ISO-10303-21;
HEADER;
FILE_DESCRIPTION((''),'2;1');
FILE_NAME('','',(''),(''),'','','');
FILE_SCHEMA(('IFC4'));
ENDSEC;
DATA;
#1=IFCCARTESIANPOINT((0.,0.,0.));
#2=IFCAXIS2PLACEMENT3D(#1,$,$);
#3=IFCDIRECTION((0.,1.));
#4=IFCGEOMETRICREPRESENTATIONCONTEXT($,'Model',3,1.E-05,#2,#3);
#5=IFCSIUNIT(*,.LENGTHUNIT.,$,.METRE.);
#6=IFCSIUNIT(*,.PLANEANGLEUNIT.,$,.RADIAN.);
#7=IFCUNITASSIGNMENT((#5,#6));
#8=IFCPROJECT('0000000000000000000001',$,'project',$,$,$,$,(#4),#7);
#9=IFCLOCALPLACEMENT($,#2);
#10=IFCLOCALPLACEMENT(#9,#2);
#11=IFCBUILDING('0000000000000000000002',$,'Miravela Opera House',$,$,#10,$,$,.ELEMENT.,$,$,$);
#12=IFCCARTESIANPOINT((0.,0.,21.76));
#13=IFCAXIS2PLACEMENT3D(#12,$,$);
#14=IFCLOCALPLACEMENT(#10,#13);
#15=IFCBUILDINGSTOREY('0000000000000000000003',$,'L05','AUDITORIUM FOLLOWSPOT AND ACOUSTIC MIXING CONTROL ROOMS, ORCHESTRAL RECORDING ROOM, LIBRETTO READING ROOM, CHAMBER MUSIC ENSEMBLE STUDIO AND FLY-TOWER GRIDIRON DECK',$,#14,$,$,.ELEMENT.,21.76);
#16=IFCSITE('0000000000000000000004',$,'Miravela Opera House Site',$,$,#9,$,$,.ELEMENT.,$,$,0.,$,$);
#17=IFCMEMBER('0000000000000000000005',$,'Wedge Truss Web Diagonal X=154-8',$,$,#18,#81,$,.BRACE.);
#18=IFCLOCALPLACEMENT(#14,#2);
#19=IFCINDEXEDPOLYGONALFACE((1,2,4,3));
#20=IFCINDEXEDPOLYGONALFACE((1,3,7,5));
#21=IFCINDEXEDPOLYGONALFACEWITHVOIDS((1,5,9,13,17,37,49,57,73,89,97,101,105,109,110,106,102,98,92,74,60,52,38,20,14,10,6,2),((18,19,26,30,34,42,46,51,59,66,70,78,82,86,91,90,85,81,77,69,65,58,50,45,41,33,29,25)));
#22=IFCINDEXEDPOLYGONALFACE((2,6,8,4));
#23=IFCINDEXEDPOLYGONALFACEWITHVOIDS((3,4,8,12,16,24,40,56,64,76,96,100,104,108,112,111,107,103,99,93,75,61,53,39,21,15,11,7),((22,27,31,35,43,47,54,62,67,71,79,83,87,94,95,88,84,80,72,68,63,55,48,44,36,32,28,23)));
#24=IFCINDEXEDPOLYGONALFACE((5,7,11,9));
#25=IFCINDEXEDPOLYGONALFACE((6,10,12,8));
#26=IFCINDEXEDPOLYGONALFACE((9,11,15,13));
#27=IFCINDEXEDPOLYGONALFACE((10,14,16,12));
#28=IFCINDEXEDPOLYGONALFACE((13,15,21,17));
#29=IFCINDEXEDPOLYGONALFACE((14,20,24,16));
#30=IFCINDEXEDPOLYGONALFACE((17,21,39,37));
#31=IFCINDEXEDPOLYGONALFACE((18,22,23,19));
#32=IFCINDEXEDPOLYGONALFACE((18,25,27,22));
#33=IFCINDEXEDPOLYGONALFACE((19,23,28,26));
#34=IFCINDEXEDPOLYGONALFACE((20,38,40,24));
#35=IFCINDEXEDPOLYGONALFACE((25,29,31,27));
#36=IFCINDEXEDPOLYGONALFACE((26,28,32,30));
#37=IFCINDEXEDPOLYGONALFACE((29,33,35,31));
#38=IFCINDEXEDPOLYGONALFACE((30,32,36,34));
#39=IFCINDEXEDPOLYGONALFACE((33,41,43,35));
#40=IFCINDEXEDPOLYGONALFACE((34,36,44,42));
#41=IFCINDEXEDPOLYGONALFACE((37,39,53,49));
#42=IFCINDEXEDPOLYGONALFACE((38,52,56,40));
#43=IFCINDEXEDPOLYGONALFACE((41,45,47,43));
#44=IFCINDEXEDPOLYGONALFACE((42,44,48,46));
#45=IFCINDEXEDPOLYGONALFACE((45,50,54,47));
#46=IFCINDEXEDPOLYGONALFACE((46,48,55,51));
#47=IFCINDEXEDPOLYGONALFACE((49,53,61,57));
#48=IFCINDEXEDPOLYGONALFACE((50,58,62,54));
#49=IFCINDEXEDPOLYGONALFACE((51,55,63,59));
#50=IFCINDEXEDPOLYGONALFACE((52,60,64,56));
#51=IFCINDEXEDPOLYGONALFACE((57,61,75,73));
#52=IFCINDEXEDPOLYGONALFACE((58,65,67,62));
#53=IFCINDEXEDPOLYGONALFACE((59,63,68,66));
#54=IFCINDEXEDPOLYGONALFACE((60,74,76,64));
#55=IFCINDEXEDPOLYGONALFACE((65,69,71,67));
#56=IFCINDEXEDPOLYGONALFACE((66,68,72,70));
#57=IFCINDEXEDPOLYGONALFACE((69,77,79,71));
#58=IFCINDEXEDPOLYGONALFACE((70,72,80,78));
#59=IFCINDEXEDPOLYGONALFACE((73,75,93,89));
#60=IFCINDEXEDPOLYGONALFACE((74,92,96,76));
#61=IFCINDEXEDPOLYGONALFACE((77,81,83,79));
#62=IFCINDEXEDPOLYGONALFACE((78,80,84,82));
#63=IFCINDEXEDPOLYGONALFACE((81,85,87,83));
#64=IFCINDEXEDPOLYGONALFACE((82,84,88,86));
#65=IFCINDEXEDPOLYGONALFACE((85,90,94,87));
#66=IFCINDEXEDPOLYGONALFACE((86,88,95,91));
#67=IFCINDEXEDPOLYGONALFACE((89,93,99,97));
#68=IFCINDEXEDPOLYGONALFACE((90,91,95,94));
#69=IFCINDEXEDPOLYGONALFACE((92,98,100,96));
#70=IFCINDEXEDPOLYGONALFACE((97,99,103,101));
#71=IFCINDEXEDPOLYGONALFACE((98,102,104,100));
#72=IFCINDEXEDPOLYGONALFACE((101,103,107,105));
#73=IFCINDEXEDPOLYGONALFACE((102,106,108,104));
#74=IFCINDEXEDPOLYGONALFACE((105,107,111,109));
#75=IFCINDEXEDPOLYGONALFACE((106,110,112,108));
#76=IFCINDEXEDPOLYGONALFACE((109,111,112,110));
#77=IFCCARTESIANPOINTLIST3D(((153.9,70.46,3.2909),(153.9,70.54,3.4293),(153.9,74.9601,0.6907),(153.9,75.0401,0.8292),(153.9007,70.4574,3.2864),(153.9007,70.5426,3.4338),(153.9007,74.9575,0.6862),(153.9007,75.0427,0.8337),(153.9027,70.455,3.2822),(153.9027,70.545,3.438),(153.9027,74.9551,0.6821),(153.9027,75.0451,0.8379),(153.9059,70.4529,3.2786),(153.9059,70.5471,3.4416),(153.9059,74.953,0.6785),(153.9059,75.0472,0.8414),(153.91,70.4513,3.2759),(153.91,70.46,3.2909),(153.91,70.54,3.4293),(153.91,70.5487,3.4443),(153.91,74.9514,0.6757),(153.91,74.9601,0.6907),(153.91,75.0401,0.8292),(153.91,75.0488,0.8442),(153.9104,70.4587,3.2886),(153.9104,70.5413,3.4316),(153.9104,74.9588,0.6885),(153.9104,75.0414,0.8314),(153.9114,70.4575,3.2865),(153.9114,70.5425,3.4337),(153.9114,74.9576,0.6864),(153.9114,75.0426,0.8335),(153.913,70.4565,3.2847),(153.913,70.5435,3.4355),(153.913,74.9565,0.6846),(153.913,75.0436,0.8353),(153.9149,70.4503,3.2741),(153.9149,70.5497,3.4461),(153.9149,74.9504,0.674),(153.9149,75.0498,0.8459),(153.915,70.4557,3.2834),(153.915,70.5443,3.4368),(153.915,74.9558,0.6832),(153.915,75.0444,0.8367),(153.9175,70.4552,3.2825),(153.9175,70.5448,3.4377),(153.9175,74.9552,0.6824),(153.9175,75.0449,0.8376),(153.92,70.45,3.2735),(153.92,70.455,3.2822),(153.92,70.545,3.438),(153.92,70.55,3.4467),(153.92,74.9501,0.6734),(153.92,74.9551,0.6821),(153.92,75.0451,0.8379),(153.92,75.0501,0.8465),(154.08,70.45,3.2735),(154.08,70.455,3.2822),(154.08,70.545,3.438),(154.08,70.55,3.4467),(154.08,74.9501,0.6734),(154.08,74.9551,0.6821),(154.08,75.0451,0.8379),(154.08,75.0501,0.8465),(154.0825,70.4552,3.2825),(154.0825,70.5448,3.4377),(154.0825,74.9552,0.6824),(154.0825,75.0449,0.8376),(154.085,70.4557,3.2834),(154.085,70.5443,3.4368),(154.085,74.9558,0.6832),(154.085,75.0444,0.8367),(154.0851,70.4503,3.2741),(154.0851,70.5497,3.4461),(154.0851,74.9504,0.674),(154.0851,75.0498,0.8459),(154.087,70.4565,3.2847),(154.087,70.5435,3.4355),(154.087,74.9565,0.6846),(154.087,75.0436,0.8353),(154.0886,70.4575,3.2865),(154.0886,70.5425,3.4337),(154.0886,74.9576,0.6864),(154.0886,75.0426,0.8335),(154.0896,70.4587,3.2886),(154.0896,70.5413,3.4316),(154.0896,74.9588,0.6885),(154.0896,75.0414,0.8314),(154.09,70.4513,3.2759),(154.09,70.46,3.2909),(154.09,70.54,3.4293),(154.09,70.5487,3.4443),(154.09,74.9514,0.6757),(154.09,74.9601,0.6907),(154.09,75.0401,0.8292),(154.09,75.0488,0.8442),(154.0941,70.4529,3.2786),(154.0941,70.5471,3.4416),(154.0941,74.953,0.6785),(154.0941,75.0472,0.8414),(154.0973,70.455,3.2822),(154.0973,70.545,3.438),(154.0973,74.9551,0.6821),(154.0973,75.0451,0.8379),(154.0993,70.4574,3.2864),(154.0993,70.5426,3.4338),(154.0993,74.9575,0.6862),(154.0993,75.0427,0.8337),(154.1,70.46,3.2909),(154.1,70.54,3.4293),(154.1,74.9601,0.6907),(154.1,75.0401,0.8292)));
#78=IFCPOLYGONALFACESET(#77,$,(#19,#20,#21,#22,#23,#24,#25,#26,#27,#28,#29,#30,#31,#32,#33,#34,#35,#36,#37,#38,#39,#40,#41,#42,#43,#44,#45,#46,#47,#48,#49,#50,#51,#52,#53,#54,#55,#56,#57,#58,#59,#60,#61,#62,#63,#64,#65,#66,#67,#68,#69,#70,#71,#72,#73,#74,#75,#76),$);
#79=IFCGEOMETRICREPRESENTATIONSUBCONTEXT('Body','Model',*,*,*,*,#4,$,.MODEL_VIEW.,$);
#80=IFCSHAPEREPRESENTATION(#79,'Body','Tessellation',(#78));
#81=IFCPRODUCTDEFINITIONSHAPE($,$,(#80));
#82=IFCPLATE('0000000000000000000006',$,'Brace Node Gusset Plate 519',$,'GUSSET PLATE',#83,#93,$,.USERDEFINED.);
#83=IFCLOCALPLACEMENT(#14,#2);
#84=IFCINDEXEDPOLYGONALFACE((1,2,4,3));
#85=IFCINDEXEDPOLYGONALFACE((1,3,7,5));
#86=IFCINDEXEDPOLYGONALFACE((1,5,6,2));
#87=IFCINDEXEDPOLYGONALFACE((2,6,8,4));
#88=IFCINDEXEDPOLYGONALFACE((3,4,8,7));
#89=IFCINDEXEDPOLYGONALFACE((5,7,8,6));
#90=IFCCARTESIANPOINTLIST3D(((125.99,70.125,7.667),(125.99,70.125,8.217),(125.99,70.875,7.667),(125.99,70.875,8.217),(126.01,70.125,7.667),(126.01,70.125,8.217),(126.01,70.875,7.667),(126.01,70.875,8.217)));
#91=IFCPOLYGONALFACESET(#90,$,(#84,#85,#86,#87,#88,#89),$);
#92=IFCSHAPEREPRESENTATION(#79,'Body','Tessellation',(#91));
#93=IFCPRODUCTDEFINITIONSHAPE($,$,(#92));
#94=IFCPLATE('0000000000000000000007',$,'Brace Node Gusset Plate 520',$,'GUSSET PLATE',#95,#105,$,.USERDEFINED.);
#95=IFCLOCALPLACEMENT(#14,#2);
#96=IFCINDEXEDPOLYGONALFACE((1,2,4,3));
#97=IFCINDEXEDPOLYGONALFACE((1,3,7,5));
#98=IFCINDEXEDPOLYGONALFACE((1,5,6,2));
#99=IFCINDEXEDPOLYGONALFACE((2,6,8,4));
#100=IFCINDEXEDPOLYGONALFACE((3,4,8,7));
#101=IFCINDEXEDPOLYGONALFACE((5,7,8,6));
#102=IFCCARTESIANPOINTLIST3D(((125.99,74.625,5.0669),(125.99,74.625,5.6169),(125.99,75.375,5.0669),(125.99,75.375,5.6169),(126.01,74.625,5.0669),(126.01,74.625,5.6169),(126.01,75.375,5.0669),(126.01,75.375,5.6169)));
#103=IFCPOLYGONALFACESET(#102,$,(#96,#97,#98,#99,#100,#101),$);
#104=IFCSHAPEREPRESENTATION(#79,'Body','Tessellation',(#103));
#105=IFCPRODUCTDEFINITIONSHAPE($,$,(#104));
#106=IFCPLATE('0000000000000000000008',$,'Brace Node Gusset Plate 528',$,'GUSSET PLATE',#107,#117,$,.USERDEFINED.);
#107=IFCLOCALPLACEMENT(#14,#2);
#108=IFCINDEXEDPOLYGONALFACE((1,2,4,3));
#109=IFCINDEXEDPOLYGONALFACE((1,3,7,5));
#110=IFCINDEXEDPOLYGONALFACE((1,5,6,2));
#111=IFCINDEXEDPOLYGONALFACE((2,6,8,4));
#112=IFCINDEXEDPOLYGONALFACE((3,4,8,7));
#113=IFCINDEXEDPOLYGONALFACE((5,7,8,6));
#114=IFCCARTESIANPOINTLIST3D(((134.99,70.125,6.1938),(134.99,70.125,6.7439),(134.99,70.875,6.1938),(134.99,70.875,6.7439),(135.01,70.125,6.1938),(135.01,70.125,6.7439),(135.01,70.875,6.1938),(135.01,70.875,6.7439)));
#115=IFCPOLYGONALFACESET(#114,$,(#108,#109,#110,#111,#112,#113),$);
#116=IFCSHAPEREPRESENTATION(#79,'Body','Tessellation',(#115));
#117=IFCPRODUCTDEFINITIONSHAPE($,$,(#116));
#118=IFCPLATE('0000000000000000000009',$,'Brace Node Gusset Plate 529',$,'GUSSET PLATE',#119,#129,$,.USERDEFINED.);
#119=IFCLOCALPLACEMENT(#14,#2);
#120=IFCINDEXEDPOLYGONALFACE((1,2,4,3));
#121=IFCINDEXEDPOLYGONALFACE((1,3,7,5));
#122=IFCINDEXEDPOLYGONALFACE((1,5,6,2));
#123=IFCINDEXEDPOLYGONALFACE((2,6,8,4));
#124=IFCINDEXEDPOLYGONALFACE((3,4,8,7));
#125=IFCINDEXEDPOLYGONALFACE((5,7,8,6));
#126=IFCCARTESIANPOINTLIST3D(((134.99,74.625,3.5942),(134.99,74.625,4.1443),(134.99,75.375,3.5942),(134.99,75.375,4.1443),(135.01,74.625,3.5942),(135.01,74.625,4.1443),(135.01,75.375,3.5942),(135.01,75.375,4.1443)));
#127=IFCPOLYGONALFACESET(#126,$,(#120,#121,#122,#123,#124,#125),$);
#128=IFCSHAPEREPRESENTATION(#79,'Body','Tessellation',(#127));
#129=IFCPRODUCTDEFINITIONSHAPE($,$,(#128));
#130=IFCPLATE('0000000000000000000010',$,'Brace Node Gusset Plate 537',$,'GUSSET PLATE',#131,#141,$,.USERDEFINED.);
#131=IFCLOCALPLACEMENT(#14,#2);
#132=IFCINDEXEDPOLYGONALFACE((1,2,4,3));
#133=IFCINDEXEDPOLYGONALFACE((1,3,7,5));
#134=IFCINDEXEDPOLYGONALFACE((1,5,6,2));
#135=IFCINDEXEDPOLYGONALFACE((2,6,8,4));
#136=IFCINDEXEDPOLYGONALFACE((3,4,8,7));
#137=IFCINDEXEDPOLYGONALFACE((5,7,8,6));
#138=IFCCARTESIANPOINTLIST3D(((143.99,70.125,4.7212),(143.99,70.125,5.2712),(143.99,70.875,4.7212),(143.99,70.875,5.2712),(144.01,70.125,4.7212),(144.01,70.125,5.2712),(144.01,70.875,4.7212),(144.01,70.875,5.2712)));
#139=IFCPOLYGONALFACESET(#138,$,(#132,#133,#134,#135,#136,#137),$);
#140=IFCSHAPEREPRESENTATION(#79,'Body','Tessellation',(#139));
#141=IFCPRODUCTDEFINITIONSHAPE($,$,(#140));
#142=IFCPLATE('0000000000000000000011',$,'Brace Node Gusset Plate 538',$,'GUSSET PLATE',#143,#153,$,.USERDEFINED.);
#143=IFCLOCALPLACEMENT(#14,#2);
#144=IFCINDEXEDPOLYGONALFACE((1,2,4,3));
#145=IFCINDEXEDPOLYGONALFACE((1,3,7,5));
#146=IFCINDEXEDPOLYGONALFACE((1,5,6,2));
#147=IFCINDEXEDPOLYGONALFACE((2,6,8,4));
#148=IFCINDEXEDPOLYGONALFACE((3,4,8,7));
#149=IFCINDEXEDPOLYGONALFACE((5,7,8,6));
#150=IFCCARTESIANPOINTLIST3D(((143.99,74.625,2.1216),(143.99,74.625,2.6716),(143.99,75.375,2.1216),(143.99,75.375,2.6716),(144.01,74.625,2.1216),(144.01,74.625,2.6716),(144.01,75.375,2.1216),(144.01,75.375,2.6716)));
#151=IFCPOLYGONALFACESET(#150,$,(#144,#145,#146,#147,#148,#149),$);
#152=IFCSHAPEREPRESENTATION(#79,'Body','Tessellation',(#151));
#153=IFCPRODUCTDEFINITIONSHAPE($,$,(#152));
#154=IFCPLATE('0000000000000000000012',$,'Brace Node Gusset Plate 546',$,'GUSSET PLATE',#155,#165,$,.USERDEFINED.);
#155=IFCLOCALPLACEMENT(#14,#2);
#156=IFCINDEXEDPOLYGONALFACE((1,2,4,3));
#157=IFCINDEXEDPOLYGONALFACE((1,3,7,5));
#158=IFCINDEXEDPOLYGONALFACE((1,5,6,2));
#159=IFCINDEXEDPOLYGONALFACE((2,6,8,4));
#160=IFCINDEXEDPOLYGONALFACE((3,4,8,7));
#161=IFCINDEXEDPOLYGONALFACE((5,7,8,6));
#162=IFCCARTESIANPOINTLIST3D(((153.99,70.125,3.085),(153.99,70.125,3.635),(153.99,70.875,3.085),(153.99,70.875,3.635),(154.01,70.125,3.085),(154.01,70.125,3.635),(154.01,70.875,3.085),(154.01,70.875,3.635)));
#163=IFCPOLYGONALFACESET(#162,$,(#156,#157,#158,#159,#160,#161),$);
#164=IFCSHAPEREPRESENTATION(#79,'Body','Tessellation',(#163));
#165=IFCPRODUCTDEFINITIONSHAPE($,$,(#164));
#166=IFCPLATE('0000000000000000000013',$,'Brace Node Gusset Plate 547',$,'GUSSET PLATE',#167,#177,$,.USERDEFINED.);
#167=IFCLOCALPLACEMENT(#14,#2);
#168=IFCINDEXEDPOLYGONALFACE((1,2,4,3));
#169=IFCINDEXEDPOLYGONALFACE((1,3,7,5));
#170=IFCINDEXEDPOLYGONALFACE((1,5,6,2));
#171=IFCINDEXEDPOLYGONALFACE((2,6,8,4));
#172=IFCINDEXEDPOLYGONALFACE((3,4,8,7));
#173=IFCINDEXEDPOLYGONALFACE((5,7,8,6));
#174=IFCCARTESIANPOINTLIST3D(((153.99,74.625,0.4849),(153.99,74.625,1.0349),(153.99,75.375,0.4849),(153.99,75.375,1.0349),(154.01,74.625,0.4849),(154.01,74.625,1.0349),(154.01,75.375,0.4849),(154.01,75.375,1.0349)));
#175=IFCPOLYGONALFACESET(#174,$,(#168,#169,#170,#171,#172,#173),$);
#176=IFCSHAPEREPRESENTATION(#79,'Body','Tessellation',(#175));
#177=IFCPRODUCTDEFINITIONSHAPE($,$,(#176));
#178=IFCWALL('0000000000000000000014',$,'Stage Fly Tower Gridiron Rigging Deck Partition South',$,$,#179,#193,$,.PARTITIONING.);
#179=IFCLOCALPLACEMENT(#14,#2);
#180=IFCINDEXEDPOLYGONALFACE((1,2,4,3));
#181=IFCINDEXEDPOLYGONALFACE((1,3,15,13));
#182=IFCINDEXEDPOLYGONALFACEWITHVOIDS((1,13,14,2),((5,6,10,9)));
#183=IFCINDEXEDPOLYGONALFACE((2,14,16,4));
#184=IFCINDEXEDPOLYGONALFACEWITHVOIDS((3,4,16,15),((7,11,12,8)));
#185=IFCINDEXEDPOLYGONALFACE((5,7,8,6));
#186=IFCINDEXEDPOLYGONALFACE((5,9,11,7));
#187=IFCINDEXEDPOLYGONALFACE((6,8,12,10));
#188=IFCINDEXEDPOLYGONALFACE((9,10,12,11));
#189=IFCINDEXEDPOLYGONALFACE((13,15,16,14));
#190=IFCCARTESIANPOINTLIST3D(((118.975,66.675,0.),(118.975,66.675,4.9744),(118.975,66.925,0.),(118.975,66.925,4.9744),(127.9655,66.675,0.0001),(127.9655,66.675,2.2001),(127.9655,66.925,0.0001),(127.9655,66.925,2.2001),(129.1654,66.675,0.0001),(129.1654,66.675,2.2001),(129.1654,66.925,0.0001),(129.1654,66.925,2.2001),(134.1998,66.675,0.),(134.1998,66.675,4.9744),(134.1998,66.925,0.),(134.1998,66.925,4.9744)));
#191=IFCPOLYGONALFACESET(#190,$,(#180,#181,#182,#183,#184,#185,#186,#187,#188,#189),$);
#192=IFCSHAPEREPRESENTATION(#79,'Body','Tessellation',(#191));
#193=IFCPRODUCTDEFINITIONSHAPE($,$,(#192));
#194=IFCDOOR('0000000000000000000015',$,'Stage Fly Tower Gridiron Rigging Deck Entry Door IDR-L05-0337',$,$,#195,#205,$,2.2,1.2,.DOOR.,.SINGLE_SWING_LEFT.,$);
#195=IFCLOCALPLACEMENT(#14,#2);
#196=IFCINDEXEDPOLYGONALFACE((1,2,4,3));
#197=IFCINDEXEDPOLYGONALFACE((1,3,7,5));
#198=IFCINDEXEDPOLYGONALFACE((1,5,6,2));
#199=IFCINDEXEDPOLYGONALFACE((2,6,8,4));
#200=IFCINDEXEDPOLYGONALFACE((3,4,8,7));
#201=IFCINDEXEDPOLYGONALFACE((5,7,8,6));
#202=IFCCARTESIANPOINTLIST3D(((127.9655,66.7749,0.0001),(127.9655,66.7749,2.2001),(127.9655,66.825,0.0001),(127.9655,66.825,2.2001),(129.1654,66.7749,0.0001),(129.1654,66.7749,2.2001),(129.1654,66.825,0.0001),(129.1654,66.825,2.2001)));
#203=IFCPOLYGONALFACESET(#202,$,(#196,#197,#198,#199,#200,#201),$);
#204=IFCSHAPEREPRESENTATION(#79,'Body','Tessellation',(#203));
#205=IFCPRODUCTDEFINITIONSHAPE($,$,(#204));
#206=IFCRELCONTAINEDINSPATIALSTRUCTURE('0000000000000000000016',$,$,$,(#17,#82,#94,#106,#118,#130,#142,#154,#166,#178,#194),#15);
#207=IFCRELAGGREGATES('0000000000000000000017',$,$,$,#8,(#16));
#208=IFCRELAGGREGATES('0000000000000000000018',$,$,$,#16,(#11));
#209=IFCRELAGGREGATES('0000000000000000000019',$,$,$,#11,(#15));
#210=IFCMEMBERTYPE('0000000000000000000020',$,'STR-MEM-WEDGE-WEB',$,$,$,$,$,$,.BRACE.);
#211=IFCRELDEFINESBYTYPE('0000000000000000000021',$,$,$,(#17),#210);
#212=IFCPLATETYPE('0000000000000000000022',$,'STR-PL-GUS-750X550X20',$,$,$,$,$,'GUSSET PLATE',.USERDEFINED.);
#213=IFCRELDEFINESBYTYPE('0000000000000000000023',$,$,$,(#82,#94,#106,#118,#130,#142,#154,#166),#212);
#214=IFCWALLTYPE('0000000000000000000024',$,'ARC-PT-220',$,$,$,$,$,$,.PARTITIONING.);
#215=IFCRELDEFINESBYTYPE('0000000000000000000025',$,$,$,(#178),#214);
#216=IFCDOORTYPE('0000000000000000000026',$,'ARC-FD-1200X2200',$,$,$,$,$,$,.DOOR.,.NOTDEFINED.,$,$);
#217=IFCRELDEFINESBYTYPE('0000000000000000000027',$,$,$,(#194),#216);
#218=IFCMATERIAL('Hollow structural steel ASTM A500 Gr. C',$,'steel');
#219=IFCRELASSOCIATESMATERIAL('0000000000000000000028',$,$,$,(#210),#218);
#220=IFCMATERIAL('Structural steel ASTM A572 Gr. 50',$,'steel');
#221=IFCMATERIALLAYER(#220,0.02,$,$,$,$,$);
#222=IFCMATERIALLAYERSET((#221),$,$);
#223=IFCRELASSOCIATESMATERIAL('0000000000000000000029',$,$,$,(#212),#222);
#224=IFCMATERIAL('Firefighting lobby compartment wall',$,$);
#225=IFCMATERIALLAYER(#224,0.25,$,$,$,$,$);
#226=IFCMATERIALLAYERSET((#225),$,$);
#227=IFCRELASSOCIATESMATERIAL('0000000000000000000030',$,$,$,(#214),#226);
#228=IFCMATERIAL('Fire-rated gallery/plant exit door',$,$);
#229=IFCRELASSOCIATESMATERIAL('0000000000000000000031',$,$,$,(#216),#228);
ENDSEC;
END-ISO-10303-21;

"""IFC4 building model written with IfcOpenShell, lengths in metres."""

from ifc_helpers import new_model, si_unit, direction, frame, frame_2d, origin, origin_2d, place, context, subcontext, project, spatial, rectangle, hollow_rectangle, extrude, material, layer, layer_set, material_profile, profile_set, type_object, element, fill, save


model = new_model("IFC4")

# Units and contexts
model_context = context("Model", 3, precision=1e-05, world=origin(), true_north=direction((0.0, 1.0)))
body_context = subcontext(model_context, "Body", "Model", "MODEL_VIEW")
ifc_project = project(units=[si_unit("LENGTHUNIT", "METRE"), si_unit("PLANEANGLEUNIT", "RADIAN")], contexts=[model_context])

# Site, building, storey
site_placement = place(None, origin())
site = spatial("IfcSite", under=ifc_project, at=site_placement, Name="Miravela Opera House Site", CompositionType="ELEMENT", RefElevation=0.0)
building_placement = place(site_placement, origin())
building = spatial("IfcBuilding", under=site, at=building_placement, Name="Miravela Opera House", CompositionType="ELEMENT")
storey_placement = place(building_placement, frame((0.0, 0.0, 21.76)))
storey = spatial("IfcBuildingStorey", under=building, at=storey_placement, Name="L05", Description="AUDITORIUM FOLLOWSPOT AND ACOUSTIC MIXING CONTROL ROOMS, ORCHESTRAL RECORDING ROOM, LIBRETTO READING ROOM, CHAMBER MUSIC ENSEMBLE STUDIO AND FLY-TOWER GRIDIRON DECK", CompositionType="ELEMENT", Elevation=21.76)

# Member
ifc_material_1 = material(Name="Hollow structural steel ASTM A500 Gr. C", Category="steel")
ifc_material_profile_1 = material_profile(ifc_material_1, hollow_rectangle(XDim=0.2, YDim=0.2, WallThickness=0.01, InnerFilletRadius=0.01, OuterFilletRadius=0.02, at=origin_2d()), Name="HSS200X200X10")
ifc_profile_set_1 = profile_set([ifc_material_profile_1])
member_type_1 = type_object("IfcMemberType", Name="STR-MEM-WEDGE-WEB", PredefinedType="BRACE", material=ifc_profile_set_1)
member_1_placement = place(storey_placement, frame((154.0, 70.5, 3.3601), z_axis=(0.0, 0.865857, -0.500292), x_axis=(-1.0, 0.0, 0.0)))
element("IfcMember", 1, at=member_1_placement, inside=storey, type_object=member_type_1, Name="Wedge Truss Web Diagonal X=154-8", PredefinedType="BRACE", context=body_context, shape_type="SweptSolid", body=[
    extrude(hollow_rectangle(XDim=0.2, YDim=0.2, WallThickness=0.01, InnerFilletRadius=0.01, OuterFilletRadius=0.02, at=origin_2d()), origin(), (0.0, 0.0, 1.0), 5.1973),
])

# Plates
ifc_material_2 = material(Name="Structural steel ASTM A572 Gr. 50", Category="steel")
ifc_layer_1 = layer(ifc_material_2, 0.02)
ifc_layer_set_1 = layer_set([ifc_layer_1])
plate_type = type_object("IfcPlateType", Name="STR-PL-GUS-750X550X20", ElementType="GUSSET PLATE", PredefinedType="USERDEFINED", material=ifc_layer_set_1)
for number, where, z_axis, x_axis, name in (
    (2, (126.0, 70.5, 7.667), (0.0, 0.0, 1.0), (0.0, 1.0, 0.0), "Brace Node Gusset Plate 519"),
    (3, (126.0, 75.0, 5.0669), (0.0, 0.0, 1.0), (0.0, 1.0, 0.0), "Brace Node Gusset Plate 520"),
    (4, (135.0, 70.5, 6.1938), (0.0, 0.0, 1.0), (0.0, 1.0, 0.0), "Brace Node Gusset Plate 528"),
    (5, (135.0, 75.0, 3.5942), (0.0, 0.0, 1.0), (0.0, 1.0, 0.0), "Brace Node Gusset Plate 529"),
    (6, (144.0, 70.5, 4.7212), (0.0, 0.0, 1.0), (0.0, 1.0, 0.0), "Brace Node Gusset Plate 537"),
    (7, (144.0, 75.0, 2.1216), (0.0, 0.0, 1.0), (0.0, 1.0, 0.0), "Brace Node Gusset Plate 538"),
    (8, (154.0, 70.5, 3.085), (0.0, 0.0, 1.0), (0.0, 1.0, 0.0), "Brace Node Gusset Plate 546"),
    (9, (154.0, 75.0, 0.4849), (0.0, 0.0, 1.0), (0.0, 1.0, 0.0), "Brace Node Gusset Plate 547"),
):
    element("IfcPlate", number, at=place(storey_placement, frame(where, z_axis=z_axis, x_axis=x_axis)), inside=storey, type_object=plate_type, Name=name, ObjectType="GUSSET PLATE", PredefinedType="USERDEFINED", context=body_context, shape_type="SweptSolid", body=[
        extrude(rectangle(XDim=0.75, YDim=0.02, at=origin_2d()), origin(), (0.0, 0.0, 1.0), 0.55),
    ])

# Wall, opening, door
ifc_material_3 = material(Name="Firefighting lobby compartment wall")
ifc_layer_2 = layer(ifc_material_3, 0.25)
ifc_layer_set_2 = layer_set([ifc_layer_2])
wall_type_1 = type_object("IfcWallType", Name="ARC-PT-220", PredefinedType="PARTITIONING", material=ifc_layer_set_2)
wall_1_placement = place(storey_placement, frame((118.9751, 66.8, 0.0), z_axis=(0.0, 0.0, 1.0), x_axis=(1.0, 0.0, 0.0)))
wall_1 = element("IfcWall", 10, at=wall_1_placement, inside=storey, type_object=wall_type_1, Name="Stage Fly Tower Gridiron Rigging Deck Partition South", PredefinedType="PARTITIONING", context=body_context, shape_type="SweptSolid", body=[
    extrude(rectangle(XDim=15.2249, YDim=0.25, at=frame_2d((7.6123, 0.0))), origin(), (0.0, 0.0, 1.0), 4.9744),
])
opening_placement = place(wall_1_placement, frame((8.9902, 0.0, 0.0)))
opening = element("IfcOpeningElement", 11, at=opening_placement, cuts=wall_1, PredefinedType="OPENING", context=body_context, shape_type="SweptSolid", body=[
    extrude(rectangle(XDim=1.2, YDim=2.2, at=frame_2d((0.6001, 1.1001))), frame((0.0, 0.135, 0.0), z_axis=(0.0, -1.0, 0.0), x_axis=(1.0, 0.0, 0.0)), (0.0, 0.0, 1.0), 0.27),
])
ifc_material_4 = material(Name="Fire-rated gallery/plant exit door")
door_type = type_object("IfcDoorType", Name="ARC-FD-1200X2200", OperationType="NOTDEFINED", PredefinedType="DOOR", material=ifc_material_4)
door_placement = place(opening_placement, origin())
door = element("IfcDoor", 12, at=door_placement, inside=storey, type_object=door_type, Name="Stage Fly Tower Gridiron Rigging Deck Entry Door IDR-L05-0337", OperationType="SINGLE_SWING_LEFT", OverallHeight=2.2, OverallWidth=1.2, PredefinedType="DOOR", context=body_context, shape_type="SweptSolid", body=[
    extrude(rectangle(XDim=1.2, YDim=2.2, at=frame_2d((0.6001, 1.1001))), frame((0.0, 0.0249, 0.0), z_axis=(0.0, -1.0, 0.0), x_axis=(1.0, 0.0, 0.0)), (0.0, 0.0, 1.0), 0.05),
])
fill(opening, door)

save(model, "model.ifc")
